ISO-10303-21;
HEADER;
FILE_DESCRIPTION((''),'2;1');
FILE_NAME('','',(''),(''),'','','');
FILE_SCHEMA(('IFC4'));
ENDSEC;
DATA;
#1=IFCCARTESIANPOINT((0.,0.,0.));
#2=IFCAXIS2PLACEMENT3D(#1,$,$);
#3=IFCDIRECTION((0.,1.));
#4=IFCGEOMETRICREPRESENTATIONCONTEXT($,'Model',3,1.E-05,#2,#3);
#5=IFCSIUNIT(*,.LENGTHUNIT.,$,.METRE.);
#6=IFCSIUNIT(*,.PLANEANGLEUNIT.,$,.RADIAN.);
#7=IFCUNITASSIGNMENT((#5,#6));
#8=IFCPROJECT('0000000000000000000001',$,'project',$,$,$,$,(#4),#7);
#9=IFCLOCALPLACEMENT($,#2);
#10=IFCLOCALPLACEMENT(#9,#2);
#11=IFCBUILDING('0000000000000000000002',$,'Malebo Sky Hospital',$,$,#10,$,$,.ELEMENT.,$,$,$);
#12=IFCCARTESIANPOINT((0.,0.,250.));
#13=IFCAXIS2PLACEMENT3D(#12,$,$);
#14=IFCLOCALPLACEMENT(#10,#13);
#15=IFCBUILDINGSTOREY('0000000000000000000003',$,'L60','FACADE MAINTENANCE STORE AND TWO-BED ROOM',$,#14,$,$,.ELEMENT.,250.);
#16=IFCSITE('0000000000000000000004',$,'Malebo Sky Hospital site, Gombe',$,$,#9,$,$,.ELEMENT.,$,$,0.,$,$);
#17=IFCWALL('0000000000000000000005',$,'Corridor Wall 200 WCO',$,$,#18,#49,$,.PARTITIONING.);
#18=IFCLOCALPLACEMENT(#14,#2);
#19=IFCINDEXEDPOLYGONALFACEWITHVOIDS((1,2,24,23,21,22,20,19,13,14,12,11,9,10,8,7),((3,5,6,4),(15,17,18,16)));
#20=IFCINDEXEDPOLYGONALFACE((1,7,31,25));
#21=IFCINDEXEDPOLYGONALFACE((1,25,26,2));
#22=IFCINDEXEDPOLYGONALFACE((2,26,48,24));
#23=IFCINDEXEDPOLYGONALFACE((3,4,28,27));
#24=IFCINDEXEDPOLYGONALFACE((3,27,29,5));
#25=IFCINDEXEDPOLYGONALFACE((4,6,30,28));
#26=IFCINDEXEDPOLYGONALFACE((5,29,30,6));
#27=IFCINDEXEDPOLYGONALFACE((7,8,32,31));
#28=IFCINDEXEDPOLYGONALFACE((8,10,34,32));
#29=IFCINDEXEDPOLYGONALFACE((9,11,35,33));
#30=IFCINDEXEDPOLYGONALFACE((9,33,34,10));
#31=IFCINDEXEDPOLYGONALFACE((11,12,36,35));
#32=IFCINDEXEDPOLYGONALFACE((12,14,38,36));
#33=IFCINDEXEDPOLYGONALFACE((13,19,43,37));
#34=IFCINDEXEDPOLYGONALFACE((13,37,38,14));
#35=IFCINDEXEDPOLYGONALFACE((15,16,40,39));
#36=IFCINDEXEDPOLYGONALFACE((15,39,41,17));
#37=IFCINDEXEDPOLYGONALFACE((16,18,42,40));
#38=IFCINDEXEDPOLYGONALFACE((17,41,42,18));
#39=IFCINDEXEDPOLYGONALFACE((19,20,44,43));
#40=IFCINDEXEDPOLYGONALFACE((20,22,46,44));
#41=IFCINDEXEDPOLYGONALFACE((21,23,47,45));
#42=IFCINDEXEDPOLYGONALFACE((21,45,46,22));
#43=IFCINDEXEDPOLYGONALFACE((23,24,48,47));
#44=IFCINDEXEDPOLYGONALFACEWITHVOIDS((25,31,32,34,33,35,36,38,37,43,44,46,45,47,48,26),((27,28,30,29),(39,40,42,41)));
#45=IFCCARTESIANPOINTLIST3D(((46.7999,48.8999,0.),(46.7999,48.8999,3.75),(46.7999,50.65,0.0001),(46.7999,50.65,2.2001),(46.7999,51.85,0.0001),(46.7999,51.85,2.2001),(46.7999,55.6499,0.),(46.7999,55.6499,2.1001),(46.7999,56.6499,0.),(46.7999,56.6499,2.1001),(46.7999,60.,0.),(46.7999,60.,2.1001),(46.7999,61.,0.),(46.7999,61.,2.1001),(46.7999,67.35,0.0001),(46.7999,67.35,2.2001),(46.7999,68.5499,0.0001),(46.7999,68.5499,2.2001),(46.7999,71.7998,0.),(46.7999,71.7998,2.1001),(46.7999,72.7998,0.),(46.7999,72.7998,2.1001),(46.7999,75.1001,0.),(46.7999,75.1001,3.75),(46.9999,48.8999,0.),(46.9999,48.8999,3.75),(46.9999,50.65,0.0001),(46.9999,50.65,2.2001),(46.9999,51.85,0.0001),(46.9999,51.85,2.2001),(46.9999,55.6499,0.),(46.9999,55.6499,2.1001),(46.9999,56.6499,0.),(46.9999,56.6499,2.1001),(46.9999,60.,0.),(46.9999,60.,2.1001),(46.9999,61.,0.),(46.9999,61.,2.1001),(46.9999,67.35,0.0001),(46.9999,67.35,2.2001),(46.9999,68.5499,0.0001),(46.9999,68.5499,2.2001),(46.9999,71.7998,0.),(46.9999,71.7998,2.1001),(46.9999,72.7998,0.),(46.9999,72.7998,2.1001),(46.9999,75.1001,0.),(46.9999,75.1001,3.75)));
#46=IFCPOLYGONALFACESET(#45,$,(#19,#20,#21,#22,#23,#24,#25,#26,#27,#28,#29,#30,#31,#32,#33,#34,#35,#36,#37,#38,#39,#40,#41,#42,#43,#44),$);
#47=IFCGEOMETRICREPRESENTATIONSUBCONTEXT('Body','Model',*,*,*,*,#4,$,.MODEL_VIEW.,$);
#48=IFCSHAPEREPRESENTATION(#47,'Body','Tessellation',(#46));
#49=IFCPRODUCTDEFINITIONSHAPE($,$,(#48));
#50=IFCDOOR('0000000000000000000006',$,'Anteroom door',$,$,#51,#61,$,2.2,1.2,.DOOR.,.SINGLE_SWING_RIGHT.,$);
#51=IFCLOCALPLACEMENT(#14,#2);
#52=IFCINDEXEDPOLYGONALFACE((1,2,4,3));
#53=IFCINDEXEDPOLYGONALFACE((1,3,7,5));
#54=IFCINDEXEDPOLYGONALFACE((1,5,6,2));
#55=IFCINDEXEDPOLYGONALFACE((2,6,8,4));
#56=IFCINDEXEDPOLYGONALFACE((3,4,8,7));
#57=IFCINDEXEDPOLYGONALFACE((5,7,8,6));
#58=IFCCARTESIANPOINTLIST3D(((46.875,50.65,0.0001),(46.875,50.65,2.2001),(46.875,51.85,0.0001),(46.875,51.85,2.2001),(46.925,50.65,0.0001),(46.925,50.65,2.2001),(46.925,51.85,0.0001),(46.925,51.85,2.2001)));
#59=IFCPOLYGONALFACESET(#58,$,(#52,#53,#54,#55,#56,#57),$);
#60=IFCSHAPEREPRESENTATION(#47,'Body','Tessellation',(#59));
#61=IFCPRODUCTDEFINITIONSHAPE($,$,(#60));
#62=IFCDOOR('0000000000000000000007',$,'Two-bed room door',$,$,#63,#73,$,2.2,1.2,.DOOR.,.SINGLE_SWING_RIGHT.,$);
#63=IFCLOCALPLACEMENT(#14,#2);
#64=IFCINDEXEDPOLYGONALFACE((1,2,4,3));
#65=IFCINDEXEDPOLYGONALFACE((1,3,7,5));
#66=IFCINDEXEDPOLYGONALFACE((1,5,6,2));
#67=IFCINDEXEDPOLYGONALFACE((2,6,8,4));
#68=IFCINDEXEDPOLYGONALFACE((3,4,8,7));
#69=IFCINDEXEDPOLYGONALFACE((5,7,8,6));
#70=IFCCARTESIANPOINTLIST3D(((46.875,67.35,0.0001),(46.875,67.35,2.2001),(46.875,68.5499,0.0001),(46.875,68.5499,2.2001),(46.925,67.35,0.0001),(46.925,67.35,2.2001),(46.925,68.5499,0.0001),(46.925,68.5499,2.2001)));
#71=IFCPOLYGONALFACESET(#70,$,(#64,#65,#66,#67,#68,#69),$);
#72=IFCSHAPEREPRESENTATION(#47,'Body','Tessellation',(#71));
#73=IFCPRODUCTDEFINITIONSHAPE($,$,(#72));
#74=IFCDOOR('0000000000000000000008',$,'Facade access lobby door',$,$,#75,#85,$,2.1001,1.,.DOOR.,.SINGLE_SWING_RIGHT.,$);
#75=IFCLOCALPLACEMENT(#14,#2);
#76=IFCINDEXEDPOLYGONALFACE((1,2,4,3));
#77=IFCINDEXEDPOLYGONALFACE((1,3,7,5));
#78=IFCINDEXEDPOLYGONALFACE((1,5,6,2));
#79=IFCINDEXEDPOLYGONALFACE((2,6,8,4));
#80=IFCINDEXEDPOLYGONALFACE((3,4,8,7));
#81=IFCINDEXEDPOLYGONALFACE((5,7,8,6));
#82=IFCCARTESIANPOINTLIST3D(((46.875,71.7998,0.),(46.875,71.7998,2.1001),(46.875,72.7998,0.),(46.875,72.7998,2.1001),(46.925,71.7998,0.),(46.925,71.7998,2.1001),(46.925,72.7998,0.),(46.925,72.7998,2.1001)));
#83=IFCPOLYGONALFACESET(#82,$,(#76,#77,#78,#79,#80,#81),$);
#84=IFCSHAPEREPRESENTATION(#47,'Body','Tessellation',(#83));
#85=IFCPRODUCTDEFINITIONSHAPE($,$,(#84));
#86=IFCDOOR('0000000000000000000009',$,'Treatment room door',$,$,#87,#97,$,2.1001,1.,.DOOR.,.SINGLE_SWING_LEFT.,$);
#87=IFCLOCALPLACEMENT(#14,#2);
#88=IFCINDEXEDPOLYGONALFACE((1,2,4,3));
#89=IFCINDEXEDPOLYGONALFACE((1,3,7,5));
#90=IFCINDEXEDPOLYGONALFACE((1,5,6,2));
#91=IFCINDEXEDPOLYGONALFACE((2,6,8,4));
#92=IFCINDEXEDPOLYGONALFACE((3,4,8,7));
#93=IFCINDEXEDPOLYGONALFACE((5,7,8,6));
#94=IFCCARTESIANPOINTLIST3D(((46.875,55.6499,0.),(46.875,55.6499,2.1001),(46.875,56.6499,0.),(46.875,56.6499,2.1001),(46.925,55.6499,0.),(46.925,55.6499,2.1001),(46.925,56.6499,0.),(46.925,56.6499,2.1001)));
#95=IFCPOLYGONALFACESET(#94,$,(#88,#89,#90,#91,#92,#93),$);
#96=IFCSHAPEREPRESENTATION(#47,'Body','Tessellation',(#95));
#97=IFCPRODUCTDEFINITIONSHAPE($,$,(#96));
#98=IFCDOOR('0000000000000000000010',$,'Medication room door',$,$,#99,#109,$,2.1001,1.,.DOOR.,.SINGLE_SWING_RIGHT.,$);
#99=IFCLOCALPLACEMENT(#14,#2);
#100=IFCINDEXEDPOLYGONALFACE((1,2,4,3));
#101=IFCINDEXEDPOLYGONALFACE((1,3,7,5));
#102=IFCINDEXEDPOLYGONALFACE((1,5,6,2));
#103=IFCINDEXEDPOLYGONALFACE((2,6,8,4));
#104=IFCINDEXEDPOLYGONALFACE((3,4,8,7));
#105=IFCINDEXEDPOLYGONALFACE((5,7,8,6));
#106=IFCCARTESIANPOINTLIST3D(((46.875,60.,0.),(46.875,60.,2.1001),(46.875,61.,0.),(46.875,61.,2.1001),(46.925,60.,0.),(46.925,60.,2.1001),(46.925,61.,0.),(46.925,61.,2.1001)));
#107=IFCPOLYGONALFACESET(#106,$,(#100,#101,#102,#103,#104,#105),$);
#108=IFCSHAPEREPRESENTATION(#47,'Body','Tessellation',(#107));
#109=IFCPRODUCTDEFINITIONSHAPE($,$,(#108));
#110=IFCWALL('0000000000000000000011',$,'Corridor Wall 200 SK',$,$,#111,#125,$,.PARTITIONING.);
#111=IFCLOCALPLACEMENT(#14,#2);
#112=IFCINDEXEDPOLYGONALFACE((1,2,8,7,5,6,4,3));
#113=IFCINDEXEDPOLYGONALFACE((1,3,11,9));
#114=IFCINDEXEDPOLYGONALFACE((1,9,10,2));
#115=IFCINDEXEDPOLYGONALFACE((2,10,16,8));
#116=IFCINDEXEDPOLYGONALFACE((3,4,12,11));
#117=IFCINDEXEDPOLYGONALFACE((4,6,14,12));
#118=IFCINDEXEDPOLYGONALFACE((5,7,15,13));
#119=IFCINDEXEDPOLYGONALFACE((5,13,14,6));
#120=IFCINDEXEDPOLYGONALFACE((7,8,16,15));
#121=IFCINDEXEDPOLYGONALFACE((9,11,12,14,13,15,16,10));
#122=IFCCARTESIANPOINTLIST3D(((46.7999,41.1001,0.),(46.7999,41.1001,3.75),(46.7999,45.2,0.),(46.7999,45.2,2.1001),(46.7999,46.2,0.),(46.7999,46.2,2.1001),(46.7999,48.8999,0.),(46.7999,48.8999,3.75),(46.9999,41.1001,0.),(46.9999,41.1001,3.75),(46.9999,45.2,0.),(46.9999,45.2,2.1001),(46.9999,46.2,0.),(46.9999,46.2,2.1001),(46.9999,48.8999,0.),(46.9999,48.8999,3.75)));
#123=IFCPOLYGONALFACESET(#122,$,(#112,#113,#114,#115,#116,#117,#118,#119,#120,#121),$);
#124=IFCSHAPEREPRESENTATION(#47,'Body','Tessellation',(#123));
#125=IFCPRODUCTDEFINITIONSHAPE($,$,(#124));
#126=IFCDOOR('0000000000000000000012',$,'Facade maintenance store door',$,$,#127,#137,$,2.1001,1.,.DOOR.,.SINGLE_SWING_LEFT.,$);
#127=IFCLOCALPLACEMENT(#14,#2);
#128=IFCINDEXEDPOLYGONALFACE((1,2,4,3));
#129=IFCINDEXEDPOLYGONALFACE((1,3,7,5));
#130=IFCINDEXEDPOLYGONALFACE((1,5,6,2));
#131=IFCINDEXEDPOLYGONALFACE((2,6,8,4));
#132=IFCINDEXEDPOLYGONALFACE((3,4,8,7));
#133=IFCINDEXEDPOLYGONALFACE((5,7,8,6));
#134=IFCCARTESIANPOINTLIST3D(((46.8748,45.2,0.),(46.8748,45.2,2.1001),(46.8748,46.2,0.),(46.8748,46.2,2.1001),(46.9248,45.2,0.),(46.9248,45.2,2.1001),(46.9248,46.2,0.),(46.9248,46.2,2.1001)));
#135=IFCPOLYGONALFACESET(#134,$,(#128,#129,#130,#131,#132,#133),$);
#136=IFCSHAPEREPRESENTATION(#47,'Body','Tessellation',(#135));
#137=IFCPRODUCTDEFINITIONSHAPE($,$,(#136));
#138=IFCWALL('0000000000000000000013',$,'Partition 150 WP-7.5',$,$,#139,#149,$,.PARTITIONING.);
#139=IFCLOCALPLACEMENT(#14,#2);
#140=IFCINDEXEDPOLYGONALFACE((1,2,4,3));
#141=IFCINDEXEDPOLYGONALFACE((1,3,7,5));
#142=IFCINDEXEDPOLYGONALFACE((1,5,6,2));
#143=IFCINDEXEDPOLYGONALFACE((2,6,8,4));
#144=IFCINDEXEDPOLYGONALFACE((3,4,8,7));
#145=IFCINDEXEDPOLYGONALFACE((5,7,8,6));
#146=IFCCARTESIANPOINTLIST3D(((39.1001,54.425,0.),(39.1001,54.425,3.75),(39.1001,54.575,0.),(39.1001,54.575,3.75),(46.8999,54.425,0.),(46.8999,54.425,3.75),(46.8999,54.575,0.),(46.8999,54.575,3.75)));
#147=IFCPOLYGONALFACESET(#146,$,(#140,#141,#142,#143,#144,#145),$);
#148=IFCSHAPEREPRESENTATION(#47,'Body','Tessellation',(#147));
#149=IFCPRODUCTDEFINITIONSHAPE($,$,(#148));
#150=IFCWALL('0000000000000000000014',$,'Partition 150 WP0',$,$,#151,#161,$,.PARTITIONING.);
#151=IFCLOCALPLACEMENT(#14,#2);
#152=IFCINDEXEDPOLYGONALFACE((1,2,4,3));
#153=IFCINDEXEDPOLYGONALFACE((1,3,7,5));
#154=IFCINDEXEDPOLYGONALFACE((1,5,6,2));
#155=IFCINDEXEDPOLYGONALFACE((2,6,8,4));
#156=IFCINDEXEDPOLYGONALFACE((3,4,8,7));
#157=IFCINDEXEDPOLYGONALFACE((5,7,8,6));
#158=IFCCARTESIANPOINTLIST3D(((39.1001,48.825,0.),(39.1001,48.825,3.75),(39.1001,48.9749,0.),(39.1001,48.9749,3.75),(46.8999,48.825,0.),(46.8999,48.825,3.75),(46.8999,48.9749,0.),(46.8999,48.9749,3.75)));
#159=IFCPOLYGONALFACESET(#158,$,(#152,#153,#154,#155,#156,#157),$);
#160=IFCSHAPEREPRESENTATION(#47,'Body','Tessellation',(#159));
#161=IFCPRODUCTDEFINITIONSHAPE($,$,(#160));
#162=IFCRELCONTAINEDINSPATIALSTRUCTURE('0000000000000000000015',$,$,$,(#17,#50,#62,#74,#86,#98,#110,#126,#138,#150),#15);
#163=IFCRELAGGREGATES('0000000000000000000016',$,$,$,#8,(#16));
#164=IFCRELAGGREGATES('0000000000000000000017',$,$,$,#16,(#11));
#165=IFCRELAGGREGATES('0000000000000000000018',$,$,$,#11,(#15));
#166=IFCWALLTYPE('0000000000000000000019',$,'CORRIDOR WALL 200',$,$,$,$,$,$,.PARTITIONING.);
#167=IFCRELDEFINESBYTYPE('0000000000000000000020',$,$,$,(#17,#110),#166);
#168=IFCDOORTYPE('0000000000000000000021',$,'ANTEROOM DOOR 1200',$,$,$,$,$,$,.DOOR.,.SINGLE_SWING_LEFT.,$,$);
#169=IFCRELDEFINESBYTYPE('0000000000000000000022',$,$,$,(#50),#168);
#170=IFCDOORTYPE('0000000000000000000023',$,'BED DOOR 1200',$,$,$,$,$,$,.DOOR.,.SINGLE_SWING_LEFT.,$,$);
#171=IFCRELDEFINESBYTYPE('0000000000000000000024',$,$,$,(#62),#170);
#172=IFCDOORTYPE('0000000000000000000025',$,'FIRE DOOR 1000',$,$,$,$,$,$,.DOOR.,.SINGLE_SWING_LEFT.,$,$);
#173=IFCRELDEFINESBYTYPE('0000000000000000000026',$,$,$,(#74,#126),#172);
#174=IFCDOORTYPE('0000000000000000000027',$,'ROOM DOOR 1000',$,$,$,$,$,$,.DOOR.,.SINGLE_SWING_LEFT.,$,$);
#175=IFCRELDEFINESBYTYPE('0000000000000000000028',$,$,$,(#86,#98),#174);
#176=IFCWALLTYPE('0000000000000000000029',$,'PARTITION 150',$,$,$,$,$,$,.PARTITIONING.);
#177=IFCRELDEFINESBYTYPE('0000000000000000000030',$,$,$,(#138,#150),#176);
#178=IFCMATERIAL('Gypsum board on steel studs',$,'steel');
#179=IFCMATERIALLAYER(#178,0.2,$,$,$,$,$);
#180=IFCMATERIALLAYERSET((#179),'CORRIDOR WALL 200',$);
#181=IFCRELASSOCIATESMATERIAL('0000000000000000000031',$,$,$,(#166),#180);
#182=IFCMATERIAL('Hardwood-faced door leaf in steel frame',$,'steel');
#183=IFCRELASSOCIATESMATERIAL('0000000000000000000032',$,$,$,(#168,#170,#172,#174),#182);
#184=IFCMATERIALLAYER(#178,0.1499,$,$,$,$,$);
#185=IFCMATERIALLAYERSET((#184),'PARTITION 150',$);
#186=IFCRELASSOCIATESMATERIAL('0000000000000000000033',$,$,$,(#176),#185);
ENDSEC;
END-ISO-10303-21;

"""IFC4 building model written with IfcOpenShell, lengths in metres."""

from ifc_helpers import new_model, si_unit, direction, frame, frame_2d, origin, place, context, subcontext, project, spatial, rectangle, extrude, material, layer, layer_set, type_object, element, fill, save


model = new_model("IFC4")

# Units and contexts
model_context = context("Model", 3, precision=1e-05, world=origin(), true_north=direction((0.0, 1.0)))
body_context = subcontext(model_context, "Body", "Model", "MODEL_VIEW")
ifc_project = project(units=[si_unit("LENGTHUNIT", "METRE"), si_unit("PLANEANGLEUNIT", "RADIAN")], contexts=[model_context])

# Site, building, storey
site_placement = place(None, origin())
site = spatial("IfcSite", under=ifc_project, at=site_placement, Name="Malebo Sky Hospital site, Gombe", CompositionType="ELEMENT", RefElevation=0.0)
building_placement = place(site_placement, origin())
building = spatial("IfcBuilding", under=site, at=building_placement, Name="Malebo Sky Hospital", CompositionType="ELEMENT")
storey_placement = place(building_placement, frame((0.0, 0.0, 250.0)))
storey = spatial("IfcBuildingStorey", under=building, at=storey_placement, Name="L60", Description="FACADE MAINTENANCE STORE AND TWO-BED ROOM", CompositionType="ELEMENT", Elevation=250.0)

# Wall, openings, doors
ifc_material_1 = material(Name="Gypsum board on steel studs", Category="steel")
ifc_layer_1 = layer(ifc_material_1, 0.2)
ifc_layer_set_1 = layer_set([ifc_layer_1], Name="CORRIDOR WALL 200")
wall_type_1 = type_object("IfcWallType", Name="CORRIDOR WALL 200", PredefinedType="PARTITIONING", material=ifc_layer_set_1)
wall_1_placement = place(storey_placement, frame((46.8999, 48.8999, 0.0), z_axis=(0.0, 0.0, 1.0), x_axis=(0.0, 1.0, 0.0)))
wall_1 = element("IfcWall", 1, at=wall_1_placement, inside=storey, type_object=wall_type_1, Name="Corridor Wall 200 WCO", PredefinedType="PARTITIONING", context=body_context, shape_type="SweptSolid", body=[
    extrude(rectangle(XDim=26.2002, YDim=0.2, at=frame_2d((13.1001, 0.0))), origin(), (0.0, 0.0, 1.0), 3.75),
])
opening_1_placement = place(wall_1_placement, frame((1.75, 0.0, 0.0)))
opening_1 = element("IfcOpeningElement", 2, at=opening_1_placement, cuts=wall_1, PredefinedType="OPENING", context=body_context, shape_type="SweptSolid", body=[
    extrude(rectangle(XDim=1.2, YDim=2.2, at=frame_2d((0.6001, 1.1001))), frame((0.0, 0.1099, 0.0), z_axis=(0.0, -1.0, 0.0), x_axis=(1.0, 0.0, 0.0)), (0.0, 0.0, 1.0), 0.22),
])
opening_2_placement = place(wall_1_placement, frame((6.75, 0.0, 0.0)))
opening_2 = element("IfcOpeningElement", 3, at=opening_2_placement, cuts=wall_1, PredefinedType="OPENING", context=body_context, shape_type="SweptSolid", body=[
    extrude(rectangle(XDim=1.0, YDim=2.1001, at=frame_2d((0.5, 1.05))), frame((0.0, 0.1099, 0.0), z_axis=(0.0, -1.0, 0.0), x_axis=(1.0, 0.0, 0.0)), (0.0, 0.0, 1.0), 0.22),
])
opening_3_placement = place(wall_1_placement, frame((11.1001, 0.0, 0.0)))
opening_3 = element("IfcOpeningElement", 4, at=opening_3_placement, cuts=wall_1, PredefinedType="OPENING", context=body_context, shape_type="SweptSolid", body=[
    extrude(rectangle(XDim=1.0, YDim=2.1001, at=frame_2d((0.5, 1.05))), frame((0.0, 0.1099, 0.0), z_axis=(0.0, -1.0, 0.0), x_axis=(1.0, 0.0, 0.0)), (0.0, 0.0, 1.0), 0.22),
])
opening_4_placement = place(wall_1_placement, frame((18.45, 0.0, 0.0)))
opening_4 = element("IfcOpeningElement", 5, at=opening_4_placement, cuts=wall_1, PredefinedType="OPENING", context=body_context, shape_type="SweptSolid", body=[
    extrude(rectangle(XDim=1.2, YDim=2.2, at=frame_2d((0.6001, 1.1001))), frame((0.0, 0.1099, 0.0), z_axis=(0.0, -1.0, 0.0), x_axis=(1.0, 0.0, 0.0)), (0.0, 0.0, 1.0), 0.22),
])
opening_5_placement = place(wall_1_placement, frame((22.8999, 0.0, 0.0)))
opening_5 = element("IfcOpeningElement", 6, at=opening_5_placement, cuts=wall_1, PredefinedType="OPENING", context=body_context, shape_type="SweptSolid", body=[
    extrude(rectangle(XDim=1.0, YDim=2.1001, at=frame_2d((0.5, 1.05))), frame((0.0, 0.1099, 0.0), z_axis=(0.0, -1.0, 0.0), x_axis=(1.0, 0.0, 0.0)), (0.0, 0.0, 1.0), 0.22),
])
ifc_material_2 = material(Name="Hardwood-faced door leaf in steel frame", Category="steel")
door_type_1 = type_object("IfcDoorType", Name="ANTEROOM DOOR 1200", OperationType="SINGLE_SWING_LEFT", PredefinedType="DOOR", material=ifc_material_2)
door_1_placement = place(opening_1_placement, origin())
door_1 = element("IfcDoor", 7, at=door_1_placement, inside=storey, type_object=door_type_1, Name="Anteroom door", OperationType="SINGLE_SWING_RIGHT", OverallHeight=2.2, OverallWidth=1.2, PredefinedType="DOOR", context=body_context, shape_type="SweptSolid", body=[
    extrude(rectangle(XDim=1.2, YDim=2.2, at=frame_2d((0.6001, 1.1001))), frame((0.0, 0.0249, 0.0), z_axis=(0.0, -1.0, 0.0), x_axis=(1.0, 0.0, 0.0)), (0.0, 0.0, 1.0), 0.05),
])
fill(opening_1, door_1)
door_type_2 = type_object("IfcDoorType", Name="BED DOOR 1200", OperationType="SINGLE_SWING_LEFT", PredefinedType="DOOR", material=ifc_material_2)
door_2_placement = place(opening_4_placement, origin())
door_2 = element("IfcDoor", 8, at=door_2_placement, inside=storey, type_object=door_type_2, Name="Two-bed room door", OperationType="SINGLE_SWING_RIGHT", OverallHeight=2.2, OverallWidth=1.2, PredefinedType="DOOR", context=body_context, shape_type="SweptSolid", body=[
    extrude(rectangle(XDim=1.2, YDim=2.2, at=frame_2d((0.6001, 1.1001))), frame((0.0, 0.0249, 0.0), z_axis=(0.0, -1.0, 0.0), x_axis=(1.0, 0.0, 0.0)), (0.0, 0.0, 1.0), 0.05),
])
fill(opening_4, door_2)
door_type_3 = type_object("IfcDoorType", Name="FIRE DOOR 1000", OperationType="SINGLE_SWING_LEFT", PredefinedType="DOOR", material=ifc_material_2)
door_3_placement = place(opening_5_placement, origin())
door_3 = element("IfcDoor", 9, at=door_3_placement, inside=storey, type_object=door_type_3, Name="Facade access lobby door", OperationType="SINGLE_SWING_RIGHT", OverallHeight=2.1001, OverallWidth=1.0, PredefinedType="DOOR", context=body_context, shape_type="SweptSolid", body=[
    extrude(rectangle(XDim=1.0, YDim=2.1001, at=frame_2d((0.5, 1.05))), frame((0.0, 0.0249, 0.0), z_axis=(0.0, -1.0, 0.0), x_axis=(1.0, 0.0, 0.0)), (0.0, 0.0, 1.0), 0.05),
])
fill(opening_5, door_3)
door_type_4 = type_object("IfcDoorType", Name="ROOM DOOR 1000", OperationType="SINGLE_SWING_LEFT", PredefinedType="DOOR", material=ifc_material_2)
door_4_placement = place(opening_2_placement, origin())
door_4 = element("IfcDoor", 10, at=door_4_placement, inside=storey, type_object=door_type_4, Name="Treatment room door", OperationType="SINGLE_SWING_LEFT", OverallHeight=2.1001, OverallWidth=1.0, PredefinedType="DOOR", context=body_context, shape_type="SweptSolid", body=[
    extrude(rectangle(XDim=1.0, YDim=2.1001, at=frame_2d((0.5, 1.05))), frame((0.0, 0.0249, 0.0), z_axis=(0.0, -1.0, 0.0), x_axis=(1.0, 0.0, 0.0)), (0.0, 0.0, 1.0), 0.05),
])
fill(opening_2, door_4)
door_5_placement = place(opening_3_placement, origin())
door_5 = element("IfcDoor", 11, at=door_5_placement, inside=storey, type_object=door_type_4, Name="Medication room door", OperationType="SINGLE_SWING_RIGHT", OverallHeight=2.1001, OverallWidth=1.0, PredefinedType="DOOR", context=body_context, shape_type="SweptSolid", body=[
    extrude(rectangle(XDim=1.0, YDim=2.1001, at=frame_2d((0.5, 1.05))), frame((0.0, 0.0249, 0.0), z_axis=(0.0, -1.0, 0.0), x_axis=(1.0, 0.0, 0.0)), (0.0, 0.0, 1.0), 0.05),
])
fill(opening_3, door_5)

# Wall, opening, door
wall_2_placement = place(storey_placement, frame((46.8999, 48.8999, 0.0), z_axis=(0.0, 0.0, 1.0), x_axis=(0.0, -1.0, 0.0)))
wall_2 = element("IfcWall", 12, at=wall_2_placement, inside=storey, type_object=wall_type_1, Name="Corridor Wall 200 SK", PredefinedType="PARTITIONING", context=body_context, shape_type="SweptSolid", body=[
    extrude(rectangle(XDim=7.7998, YDim=0.2, at=frame_2d((3.8999, 0.0))), origin(), (0.0, 0.0, 1.0), 3.75),
])
opening_6_placement = place(wall_2_placement, frame((2.7, 0.0, 0.0)))
opening_6 = element("IfcOpeningElement", 13, at=opening_6_placement, cuts=wall_2, PredefinedType="OPENING", context=body_context, shape_type="SweptSolid", body=[
    extrude(rectangle(XDim=1.0, YDim=2.1001, at=frame_2d((0.5, 1.05))), frame((0.0, 0.1099, 0.0), z_axis=(0.0, -1.0, 0.0), x_axis=(1.0, 0.0, 0.0)), (0.0, 0.0, 1.0), 0.22),
])
door_6_placement = place(opening_6_placement, origin())
door_6 = element("IfcDoor", 14, at=door_6_placement, inside=storey, type_object=door_type_3, Name="Facade maintenance store door", OperationType="SINGLE_SWING_LEFT", OverallHeight=2.1001, OverallWidth=1.0, PredefinedType="DOOR", context=body_context, shape_type="SweptSolid", body=[
    extrude(rectangle(XDim=1.0, YDim=2.1001, at=frame_2d((0.5, 1.05))), frame((0.0, 0.0249, 0.0), z_axis=(0.0, -1.0, 0.0), x_axis=(1.0, 0.0, 0.0)), (0.0, 0.0, 1.0), 0.05),
])
fill(opening_6, door_6)

# Walls
ifc_layer_2 = layer(ifc_material_1, 0.1499)
ifc_layer_set_2 = layer_set([ifc_layer_2], Name="PARTITION 150")
wall_type_2 = type_object("IfcWallType", Name="PARTITION 150", PredefinedType="PARTITIONING", material=ifc_layer_set_2)
for number, where, z_axis, x_axis, name in (
    (15, (46.8999, 54.5, 0.0), (0.0, 0.0, 1.0), (-1.0, 0.0, 0.0), "Partition 150 WP-7.5"),
    (16, (46.8999, 48.8999, 0.0), (0.0, 0.0, 1.0), (-1.0, 0.0, 0.0), "Partition 150 WP0"),
):
    element("IfcWall", number, at=place(storey_placement, frame(where, z_axis=z_axis, x_axis=x_axis)), inside=storey, type_object=wall_type_2, Name=name, PredefinedType="PARTITIONING", context=body_context, shape_type="SweptSolid", body=[
        extrude(rectangle(XDim=7.7998, YDim=0.1499, at=frame_2d((3.8999, 0.0))), origin(), (0.0, 0.0, 1.0), 3.75),
    ])

save(model, "model.ifc")
